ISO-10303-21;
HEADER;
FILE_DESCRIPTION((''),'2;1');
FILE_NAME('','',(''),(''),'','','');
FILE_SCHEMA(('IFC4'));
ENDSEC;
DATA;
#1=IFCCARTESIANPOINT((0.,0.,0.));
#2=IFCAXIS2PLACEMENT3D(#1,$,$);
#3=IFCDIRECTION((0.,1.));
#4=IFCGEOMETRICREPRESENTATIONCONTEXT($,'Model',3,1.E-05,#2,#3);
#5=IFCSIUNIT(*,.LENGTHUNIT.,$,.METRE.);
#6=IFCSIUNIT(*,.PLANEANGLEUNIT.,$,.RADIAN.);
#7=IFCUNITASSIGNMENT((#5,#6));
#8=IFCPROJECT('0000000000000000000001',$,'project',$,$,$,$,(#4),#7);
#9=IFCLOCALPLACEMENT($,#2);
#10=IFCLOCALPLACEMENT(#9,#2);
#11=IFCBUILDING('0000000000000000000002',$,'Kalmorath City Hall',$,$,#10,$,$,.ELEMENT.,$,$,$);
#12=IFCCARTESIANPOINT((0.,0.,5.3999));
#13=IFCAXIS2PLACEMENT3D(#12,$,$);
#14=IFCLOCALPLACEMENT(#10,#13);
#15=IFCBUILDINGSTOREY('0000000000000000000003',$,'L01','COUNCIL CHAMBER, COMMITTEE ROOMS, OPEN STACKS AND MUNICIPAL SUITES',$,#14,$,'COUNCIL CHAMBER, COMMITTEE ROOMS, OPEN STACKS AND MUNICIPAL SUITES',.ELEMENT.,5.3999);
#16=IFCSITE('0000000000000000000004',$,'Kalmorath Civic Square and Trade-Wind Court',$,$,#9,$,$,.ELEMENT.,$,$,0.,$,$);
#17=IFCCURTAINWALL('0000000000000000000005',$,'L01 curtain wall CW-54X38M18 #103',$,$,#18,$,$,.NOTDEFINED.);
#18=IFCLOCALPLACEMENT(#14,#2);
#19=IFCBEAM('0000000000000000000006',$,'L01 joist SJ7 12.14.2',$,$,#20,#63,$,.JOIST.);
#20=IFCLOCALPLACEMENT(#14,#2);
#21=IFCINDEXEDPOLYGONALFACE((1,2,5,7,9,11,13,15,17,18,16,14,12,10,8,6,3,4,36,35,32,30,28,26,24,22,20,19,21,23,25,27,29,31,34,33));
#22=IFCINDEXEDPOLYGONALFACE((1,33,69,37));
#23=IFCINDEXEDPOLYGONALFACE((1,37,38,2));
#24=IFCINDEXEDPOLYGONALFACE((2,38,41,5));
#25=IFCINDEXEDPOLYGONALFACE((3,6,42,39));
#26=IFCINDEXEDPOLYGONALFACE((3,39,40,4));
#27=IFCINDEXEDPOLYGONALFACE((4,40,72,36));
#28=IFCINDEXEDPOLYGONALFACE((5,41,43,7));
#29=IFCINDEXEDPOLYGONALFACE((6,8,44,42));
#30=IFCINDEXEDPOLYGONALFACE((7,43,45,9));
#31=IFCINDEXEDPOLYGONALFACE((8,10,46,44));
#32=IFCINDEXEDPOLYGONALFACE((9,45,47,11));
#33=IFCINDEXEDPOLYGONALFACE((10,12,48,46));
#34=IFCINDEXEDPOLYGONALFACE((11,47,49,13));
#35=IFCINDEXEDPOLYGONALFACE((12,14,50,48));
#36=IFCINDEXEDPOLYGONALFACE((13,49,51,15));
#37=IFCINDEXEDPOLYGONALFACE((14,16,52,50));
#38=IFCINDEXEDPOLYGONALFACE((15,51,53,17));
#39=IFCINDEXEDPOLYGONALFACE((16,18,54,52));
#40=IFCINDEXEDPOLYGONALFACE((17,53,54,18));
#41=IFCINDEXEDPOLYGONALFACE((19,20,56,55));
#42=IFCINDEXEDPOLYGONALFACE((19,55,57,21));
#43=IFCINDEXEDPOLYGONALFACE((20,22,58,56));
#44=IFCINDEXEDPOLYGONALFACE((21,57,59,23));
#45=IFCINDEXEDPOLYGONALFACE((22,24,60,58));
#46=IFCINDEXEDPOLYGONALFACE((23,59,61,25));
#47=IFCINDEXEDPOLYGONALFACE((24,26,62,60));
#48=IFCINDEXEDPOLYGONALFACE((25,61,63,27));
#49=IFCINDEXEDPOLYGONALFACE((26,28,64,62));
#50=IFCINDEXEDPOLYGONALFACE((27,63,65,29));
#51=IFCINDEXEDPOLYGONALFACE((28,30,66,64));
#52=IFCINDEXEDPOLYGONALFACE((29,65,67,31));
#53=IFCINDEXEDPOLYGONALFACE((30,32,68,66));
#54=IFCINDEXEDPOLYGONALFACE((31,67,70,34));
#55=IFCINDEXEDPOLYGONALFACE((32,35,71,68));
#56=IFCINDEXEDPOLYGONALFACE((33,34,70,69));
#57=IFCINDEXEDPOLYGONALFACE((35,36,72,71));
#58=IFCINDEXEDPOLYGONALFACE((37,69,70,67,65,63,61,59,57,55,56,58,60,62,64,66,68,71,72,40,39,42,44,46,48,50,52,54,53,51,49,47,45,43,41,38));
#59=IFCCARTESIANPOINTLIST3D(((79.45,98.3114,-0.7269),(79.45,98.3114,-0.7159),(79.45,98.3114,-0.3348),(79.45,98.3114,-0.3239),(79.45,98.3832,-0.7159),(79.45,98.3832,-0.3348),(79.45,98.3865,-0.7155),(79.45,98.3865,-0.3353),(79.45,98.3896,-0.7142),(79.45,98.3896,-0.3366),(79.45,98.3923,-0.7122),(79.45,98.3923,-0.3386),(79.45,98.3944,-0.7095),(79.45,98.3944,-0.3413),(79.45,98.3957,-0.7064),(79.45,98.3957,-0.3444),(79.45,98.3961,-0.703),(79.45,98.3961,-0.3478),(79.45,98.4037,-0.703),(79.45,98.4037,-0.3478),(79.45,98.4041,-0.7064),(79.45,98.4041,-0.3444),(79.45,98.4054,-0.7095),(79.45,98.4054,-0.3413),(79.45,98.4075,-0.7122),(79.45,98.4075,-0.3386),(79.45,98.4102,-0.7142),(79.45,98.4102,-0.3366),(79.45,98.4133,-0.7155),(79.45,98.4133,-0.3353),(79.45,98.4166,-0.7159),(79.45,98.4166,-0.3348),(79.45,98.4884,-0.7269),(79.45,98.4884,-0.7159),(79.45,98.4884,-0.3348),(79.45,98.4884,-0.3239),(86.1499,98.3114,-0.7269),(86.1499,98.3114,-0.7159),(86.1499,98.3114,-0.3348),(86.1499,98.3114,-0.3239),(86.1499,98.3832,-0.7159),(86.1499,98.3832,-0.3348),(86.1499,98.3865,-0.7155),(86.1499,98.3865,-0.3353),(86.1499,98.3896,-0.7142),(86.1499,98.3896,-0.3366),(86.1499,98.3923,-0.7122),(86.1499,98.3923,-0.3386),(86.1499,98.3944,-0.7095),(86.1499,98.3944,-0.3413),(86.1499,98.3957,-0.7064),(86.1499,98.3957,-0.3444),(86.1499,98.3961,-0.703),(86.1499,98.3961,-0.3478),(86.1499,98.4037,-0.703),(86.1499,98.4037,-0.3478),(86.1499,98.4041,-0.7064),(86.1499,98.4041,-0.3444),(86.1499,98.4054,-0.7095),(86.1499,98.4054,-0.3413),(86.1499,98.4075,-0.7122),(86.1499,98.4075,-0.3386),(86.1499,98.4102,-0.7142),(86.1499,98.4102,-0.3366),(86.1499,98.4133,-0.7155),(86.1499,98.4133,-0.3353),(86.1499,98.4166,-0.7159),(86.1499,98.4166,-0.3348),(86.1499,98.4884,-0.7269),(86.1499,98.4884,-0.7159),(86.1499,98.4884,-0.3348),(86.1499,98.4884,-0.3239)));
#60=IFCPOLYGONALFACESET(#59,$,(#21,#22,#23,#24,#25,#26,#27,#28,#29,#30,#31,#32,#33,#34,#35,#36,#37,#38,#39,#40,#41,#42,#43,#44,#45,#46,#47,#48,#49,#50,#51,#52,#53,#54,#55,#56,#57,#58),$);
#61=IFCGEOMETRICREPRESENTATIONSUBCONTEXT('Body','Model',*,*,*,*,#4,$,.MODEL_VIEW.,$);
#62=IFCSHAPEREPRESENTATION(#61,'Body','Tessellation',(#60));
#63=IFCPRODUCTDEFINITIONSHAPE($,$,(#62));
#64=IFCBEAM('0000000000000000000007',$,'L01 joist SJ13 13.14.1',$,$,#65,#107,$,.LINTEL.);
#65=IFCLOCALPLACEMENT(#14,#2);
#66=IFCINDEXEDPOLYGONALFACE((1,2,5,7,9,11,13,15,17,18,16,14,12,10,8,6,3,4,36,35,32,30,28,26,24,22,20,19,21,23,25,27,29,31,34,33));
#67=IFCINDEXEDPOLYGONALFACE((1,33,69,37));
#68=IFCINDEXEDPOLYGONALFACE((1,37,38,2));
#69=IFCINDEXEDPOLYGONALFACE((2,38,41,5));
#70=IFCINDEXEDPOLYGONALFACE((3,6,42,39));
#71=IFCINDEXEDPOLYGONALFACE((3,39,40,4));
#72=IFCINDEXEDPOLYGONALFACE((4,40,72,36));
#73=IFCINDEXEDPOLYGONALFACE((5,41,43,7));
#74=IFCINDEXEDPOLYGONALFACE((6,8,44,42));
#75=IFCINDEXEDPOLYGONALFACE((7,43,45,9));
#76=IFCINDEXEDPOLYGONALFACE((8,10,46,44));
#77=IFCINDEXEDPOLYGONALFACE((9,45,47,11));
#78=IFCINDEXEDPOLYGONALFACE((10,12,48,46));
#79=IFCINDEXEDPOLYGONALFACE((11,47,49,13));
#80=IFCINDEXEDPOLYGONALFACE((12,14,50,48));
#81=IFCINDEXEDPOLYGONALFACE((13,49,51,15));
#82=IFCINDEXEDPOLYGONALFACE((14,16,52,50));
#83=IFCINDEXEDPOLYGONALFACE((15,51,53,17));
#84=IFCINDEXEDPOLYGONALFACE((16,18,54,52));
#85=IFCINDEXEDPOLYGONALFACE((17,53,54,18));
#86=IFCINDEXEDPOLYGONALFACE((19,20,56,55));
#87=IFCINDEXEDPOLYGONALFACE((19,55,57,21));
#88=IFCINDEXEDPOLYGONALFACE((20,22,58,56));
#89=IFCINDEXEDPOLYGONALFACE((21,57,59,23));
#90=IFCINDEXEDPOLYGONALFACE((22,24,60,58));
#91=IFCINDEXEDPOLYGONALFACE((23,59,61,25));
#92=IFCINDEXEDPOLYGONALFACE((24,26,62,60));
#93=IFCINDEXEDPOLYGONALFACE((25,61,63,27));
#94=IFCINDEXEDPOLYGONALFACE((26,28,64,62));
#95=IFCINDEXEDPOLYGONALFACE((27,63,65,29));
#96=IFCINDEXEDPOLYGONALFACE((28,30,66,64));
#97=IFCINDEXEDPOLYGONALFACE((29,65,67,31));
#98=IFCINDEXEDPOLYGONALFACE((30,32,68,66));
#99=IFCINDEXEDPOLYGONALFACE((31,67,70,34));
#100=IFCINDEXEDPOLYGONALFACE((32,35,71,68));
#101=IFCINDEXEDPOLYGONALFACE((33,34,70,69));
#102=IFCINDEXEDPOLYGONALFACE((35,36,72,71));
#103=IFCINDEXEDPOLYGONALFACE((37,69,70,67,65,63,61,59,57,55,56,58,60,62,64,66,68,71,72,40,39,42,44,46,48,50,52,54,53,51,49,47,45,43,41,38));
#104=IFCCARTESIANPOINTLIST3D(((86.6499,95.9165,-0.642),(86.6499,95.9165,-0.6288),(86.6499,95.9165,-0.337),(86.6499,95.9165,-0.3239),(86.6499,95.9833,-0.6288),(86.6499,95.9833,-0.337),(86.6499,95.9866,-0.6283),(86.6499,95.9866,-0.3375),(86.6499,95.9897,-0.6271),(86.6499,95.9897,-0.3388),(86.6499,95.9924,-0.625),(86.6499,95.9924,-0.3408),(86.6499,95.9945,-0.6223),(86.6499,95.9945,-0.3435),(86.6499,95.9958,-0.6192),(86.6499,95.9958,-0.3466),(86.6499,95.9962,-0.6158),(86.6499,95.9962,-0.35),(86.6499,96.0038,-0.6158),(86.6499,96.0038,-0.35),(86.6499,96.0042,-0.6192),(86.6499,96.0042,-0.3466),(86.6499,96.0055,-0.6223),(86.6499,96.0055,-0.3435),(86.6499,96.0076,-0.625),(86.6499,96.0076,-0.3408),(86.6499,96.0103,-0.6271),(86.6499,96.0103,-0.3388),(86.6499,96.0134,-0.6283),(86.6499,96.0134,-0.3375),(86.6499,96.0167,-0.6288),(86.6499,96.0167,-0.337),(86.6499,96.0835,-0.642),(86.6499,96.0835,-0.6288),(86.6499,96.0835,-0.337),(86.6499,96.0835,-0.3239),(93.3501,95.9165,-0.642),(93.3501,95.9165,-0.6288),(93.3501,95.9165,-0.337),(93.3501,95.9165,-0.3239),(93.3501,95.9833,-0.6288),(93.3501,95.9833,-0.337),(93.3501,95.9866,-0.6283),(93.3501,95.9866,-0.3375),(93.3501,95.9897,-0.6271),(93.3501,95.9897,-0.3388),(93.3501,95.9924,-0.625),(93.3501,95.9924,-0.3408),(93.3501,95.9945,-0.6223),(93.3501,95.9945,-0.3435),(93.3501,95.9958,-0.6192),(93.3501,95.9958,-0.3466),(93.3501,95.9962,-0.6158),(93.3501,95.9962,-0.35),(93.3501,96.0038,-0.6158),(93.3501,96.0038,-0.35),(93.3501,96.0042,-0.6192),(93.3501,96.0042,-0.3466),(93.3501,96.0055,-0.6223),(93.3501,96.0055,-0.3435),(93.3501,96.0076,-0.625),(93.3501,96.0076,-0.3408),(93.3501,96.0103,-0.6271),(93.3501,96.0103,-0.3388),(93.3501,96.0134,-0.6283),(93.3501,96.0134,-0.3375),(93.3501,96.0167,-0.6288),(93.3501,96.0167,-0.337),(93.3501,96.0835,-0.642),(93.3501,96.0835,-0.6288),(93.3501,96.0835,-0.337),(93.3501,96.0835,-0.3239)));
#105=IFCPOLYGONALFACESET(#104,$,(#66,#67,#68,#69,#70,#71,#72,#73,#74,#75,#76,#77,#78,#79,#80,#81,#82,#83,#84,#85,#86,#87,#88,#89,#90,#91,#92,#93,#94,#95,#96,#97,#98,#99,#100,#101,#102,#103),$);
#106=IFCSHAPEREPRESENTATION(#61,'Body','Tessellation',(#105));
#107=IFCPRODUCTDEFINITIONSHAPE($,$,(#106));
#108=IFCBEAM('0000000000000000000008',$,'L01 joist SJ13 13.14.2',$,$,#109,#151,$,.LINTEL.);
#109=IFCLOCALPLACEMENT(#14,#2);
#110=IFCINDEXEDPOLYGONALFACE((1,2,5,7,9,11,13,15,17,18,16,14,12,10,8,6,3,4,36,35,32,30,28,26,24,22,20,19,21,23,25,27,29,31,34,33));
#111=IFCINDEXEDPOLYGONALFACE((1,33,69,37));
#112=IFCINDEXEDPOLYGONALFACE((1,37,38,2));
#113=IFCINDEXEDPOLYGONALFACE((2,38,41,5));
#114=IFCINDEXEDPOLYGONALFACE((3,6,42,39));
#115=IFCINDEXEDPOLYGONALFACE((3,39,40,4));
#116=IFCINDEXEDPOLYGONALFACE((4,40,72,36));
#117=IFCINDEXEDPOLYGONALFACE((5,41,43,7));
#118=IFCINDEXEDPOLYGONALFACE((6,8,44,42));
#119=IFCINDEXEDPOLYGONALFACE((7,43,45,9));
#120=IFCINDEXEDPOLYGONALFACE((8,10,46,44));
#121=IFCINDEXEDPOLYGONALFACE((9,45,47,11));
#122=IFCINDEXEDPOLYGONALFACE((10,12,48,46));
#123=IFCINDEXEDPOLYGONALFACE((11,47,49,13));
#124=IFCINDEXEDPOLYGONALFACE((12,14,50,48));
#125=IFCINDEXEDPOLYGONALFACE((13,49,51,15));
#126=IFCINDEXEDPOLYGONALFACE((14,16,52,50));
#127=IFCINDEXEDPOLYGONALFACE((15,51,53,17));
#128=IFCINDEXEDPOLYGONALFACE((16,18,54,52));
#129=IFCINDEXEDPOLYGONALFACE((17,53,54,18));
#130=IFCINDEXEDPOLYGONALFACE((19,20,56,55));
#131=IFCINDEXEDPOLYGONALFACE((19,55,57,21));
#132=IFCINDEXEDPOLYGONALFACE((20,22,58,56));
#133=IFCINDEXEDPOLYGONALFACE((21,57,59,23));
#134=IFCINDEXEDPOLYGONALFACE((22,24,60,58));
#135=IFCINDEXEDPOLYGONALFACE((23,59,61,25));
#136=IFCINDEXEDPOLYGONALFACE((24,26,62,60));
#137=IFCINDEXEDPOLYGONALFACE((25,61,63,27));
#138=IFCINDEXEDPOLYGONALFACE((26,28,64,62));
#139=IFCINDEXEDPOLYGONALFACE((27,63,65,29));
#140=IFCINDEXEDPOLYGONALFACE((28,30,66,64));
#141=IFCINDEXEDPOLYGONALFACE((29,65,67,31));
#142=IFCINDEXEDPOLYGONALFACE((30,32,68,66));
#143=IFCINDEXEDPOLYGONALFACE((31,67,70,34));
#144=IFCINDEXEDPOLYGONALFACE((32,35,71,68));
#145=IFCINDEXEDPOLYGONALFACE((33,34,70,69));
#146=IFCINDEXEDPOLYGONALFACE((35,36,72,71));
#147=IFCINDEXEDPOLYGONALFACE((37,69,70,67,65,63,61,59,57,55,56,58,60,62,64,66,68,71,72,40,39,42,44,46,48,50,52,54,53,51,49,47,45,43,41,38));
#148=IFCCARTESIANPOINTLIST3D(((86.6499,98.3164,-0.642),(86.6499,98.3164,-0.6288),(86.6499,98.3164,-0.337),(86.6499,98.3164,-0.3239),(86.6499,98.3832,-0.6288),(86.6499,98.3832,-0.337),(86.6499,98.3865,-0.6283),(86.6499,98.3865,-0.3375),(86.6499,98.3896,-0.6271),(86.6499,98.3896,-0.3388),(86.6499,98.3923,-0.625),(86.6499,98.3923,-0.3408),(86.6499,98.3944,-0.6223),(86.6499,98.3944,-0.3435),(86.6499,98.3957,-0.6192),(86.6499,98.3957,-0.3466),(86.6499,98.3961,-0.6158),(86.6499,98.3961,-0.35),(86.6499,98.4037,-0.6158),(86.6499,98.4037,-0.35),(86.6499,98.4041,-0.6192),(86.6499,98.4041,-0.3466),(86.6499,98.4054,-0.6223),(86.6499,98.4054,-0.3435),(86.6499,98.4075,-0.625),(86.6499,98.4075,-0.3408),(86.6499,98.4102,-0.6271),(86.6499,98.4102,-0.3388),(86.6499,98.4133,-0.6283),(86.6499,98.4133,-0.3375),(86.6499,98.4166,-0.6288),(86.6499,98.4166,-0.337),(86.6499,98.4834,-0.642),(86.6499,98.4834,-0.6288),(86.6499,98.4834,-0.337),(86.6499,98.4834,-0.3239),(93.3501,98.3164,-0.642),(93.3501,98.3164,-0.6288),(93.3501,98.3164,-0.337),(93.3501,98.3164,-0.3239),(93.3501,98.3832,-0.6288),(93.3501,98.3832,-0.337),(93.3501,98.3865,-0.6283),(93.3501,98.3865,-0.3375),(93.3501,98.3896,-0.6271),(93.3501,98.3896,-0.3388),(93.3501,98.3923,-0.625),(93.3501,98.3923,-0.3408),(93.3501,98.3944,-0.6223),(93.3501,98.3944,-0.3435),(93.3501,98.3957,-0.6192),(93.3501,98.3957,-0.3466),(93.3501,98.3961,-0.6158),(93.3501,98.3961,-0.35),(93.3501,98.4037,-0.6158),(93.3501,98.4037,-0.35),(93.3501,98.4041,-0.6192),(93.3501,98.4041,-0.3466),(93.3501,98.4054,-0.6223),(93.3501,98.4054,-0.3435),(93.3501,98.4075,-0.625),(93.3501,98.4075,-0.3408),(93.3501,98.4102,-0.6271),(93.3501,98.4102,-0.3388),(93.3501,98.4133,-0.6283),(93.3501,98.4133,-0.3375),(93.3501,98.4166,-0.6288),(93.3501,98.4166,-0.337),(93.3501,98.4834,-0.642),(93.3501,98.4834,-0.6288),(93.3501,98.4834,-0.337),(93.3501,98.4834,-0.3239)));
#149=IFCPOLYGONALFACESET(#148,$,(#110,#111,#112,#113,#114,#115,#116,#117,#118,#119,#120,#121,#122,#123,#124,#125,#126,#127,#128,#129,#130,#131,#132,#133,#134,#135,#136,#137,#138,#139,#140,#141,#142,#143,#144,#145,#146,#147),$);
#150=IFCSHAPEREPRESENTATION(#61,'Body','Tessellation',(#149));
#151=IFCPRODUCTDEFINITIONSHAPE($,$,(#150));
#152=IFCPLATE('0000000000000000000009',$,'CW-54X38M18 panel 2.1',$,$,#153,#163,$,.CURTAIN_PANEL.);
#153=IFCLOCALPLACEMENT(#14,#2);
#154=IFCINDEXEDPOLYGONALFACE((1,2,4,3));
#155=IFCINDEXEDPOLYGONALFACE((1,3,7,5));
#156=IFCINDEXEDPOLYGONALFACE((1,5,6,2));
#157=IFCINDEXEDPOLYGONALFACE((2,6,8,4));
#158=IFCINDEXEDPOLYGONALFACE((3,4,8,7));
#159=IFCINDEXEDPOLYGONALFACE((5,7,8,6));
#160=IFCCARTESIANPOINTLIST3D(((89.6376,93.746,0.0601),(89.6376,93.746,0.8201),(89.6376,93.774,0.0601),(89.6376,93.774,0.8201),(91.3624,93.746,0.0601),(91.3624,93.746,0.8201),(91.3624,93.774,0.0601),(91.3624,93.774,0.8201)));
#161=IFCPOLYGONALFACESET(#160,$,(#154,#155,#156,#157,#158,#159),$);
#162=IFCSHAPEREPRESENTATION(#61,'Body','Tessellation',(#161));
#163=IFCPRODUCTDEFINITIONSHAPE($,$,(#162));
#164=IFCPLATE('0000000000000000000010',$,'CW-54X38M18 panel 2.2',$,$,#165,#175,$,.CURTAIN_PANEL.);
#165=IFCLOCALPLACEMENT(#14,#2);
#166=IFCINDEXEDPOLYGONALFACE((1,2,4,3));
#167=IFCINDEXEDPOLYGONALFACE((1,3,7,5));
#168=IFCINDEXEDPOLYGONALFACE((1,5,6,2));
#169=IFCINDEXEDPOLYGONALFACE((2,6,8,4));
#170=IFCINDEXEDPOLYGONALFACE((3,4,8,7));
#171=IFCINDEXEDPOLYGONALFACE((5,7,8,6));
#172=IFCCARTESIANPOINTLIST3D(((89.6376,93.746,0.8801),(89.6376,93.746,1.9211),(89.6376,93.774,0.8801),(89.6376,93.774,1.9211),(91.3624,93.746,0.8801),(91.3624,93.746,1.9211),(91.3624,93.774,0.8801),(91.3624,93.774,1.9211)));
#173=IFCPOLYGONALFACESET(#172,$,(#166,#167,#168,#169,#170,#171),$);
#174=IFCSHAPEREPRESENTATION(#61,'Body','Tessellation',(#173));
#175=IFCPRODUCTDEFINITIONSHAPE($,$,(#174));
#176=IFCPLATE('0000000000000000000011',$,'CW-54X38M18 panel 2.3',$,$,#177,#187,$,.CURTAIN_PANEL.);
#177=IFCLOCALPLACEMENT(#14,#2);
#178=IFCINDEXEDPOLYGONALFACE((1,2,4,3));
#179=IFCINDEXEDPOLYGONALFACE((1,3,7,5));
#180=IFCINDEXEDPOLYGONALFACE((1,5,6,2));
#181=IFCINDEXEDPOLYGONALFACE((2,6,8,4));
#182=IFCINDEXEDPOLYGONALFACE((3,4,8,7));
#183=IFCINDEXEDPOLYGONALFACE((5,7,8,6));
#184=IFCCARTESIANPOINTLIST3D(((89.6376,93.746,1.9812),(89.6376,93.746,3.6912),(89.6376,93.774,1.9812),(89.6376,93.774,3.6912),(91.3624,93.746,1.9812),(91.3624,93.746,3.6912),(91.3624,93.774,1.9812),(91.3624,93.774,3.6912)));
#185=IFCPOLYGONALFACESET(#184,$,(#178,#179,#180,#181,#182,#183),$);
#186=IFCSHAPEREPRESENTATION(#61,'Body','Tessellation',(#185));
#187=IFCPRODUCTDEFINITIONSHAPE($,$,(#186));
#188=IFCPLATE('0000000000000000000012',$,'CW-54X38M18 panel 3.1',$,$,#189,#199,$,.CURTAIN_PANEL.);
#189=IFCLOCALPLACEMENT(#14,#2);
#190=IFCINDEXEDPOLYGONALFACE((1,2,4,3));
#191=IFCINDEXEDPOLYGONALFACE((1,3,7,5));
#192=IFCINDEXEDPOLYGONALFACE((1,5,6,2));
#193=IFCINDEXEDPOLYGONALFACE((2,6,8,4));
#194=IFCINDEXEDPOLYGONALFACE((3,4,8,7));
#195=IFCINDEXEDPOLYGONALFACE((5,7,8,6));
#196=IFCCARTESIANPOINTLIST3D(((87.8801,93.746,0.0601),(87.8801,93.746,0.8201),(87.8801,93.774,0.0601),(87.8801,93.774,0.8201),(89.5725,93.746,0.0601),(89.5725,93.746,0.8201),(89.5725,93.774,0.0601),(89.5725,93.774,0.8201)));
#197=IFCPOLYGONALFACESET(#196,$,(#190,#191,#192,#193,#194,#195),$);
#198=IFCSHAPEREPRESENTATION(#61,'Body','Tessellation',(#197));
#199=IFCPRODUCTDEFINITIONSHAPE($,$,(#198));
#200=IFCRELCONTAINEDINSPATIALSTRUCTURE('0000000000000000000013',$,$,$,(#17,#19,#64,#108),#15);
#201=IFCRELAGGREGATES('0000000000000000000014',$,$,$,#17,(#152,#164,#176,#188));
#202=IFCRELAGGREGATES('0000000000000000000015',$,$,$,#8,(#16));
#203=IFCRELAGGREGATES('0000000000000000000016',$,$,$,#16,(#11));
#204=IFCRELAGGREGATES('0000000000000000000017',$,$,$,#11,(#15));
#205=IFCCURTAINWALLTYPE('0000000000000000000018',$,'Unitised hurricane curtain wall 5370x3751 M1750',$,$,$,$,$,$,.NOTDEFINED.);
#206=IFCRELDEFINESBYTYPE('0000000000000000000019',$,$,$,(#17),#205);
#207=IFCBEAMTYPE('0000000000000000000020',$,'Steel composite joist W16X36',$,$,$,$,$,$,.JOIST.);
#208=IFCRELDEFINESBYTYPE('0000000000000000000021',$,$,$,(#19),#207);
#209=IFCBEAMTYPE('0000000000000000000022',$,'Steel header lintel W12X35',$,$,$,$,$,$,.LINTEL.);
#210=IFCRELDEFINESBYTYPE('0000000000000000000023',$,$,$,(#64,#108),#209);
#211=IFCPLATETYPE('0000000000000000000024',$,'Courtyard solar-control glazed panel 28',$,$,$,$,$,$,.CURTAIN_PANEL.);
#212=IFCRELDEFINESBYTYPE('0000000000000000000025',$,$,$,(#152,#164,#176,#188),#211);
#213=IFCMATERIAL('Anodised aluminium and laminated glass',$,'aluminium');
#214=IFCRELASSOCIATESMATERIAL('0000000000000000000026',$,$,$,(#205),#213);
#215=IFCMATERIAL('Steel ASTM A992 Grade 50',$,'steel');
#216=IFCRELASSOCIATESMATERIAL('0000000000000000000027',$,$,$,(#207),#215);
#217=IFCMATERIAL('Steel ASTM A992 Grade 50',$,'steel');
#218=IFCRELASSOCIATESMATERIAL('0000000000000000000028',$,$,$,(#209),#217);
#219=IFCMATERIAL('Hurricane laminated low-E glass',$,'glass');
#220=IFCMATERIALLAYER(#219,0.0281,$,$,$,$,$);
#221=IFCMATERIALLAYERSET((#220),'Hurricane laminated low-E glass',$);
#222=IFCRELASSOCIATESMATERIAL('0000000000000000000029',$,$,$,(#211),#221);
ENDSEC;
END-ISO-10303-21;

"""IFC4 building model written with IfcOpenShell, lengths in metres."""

from ifc_helpers import new_model, si_unit, direction, frame, origin, origin_2d, place, context, subcontext, project, spatial, rectangle, i_section, extrude, material, layer, layer_set, material_profile, profile_set, type_object, element, aggregate, save


model = new_model("IFC4")

# Units and contexts
model_context = context("Model", 3, precision=1e-05, world=origin(), true_north=direction((0.0, 1.0)))
body_context = subcontext(model_context, "Body", "Model", "MODEL_VIEW")
ifc_project = project(units=[si_unit("LENGTHUNIT", "METRE"), si_unit("PLANEANGLEUNIT", "RADIAN")], contexts=[model_context])

# Site, building, storey
site_placement = place(None, origin())
site = spatial("IfcSite", under=ifc_project, at=site_placement, Name="Kalmorath Civic Square and Trade-Wind Court", CompositionType="ELEMENT", RefElevation=0.0)
building_placement = place(site_placement, origin())
building = spatial("IfcBuilding", under=site, at=building_placement, Name="Kalmorath City Hall", CompositionType="ELEMENT")
storey_placement = place(building_placement, frame((0.0, 0.0, 5.3999)))
storey = spatial("IfcBuildingStorey", under=building, at=storey_placement, Name="L01", Description="COUNCIL CHAMBER, COMMITTEE ROOMS, OPEN STACKS AND MUNICIPAL SUITES", LongName="COUNCIL CHAMBER, COMMITTEE ROOMS, OPEN STACKS AND MUNICIPAL SUITES", CompositionType="ELEMENT", Elevation=5.3999)

# Curtain wall
ifc_material_1 = material(Name="Anodised aluminium and laminated glass", Category="aluminium")
curtain_wall_type = type_object("IfcCurtainWallType", Name="Unitised hurricane curtain wall 5370x3751 M1750", PredefinedType="NOTDEFINED", material=ifc_material_1)
curtain_wall_placement = place(storey_placement, origin())
curtain_wall = element("IfcCurtainWall", 1, at=curtain_wall_placement, inside=storey, type_object=curtain_wall_type, Name="L01 curtain wall CW-54X38M18 #103", PredefinedType="NOTDEFINED")

# Beams
ifc_material_2 = material(Name="Steel ASTM A992 Grade 50", Category="steel")
ifc_material_profile_1 = material_profile(ifc_material_2, i_section(OverallWidth=0.177, OverallDepth=0.4031, WebThickness=0.0076, FlangeThickness=0.011, FilletRadius=0.0129, at=origin_2d()), Name="W16X36")
ifc_profile_set_1 = profile_set([ifc_material_profile_1], Name="Steel ASTM A992 Grade 50")
beam_type_1 = type_object("IfcBeamType", Name="Steel composite joist W16X36", PredefinedType="JOIST", material=ifc_profile_set_1)
for number, where, z_axis, x_axis, name in (
    (2, (79.45, 98.3999, -0.5254), (1.0, 0.0, 0.0), (0.0, 1.0, 0.0), "L01 joist SJ7 12.14.2"),
):
    element("IfcBeam", number, at=place(storey_placement, frame(where, z_axis=z_axis, x_axis=x_axis)), inside=storey, type_object=beam_type_1, Name=name, PredefinedType="JOIST", context=body_context, shape_type="SweptSolid", body=[
        extrude(i_section(OverallWidth=0.177, OverallDepth=0.4031, WebThickness=0.0076, FlangeThickness=0.011, FilletRadius=0.0129, at=origin_2d()), origin(), (0.0, 0.0, 1.0), 6.7),
    ])
ifc_material_3 = material(Name="Steel ASTM A992 Grade 50", Category="steel")
ifc_material_profile_2 = material_profile(ifc_material_3, i_section(OverallWidth=0.167, OverallDepth=0.3181, WebThickness=0.0076, FlangeThickness=0.0132, FilletRadius=0.0129, at=origin_2d()), Name="W12X35")
ifc_profile_set_2 = profile_set([ifc_material_profile_2], Name="Steel ASTM A992 Grade 50")
beam_type_2 = type_object("IfcBeamType", Name="Steel header lintel W12X35", PredefinedType="LINTEL", material=ifc_profile_set_2)
for number, where, z_axis, x_axis, name in (
    (3, (86.6499, 96.0, -0.4829), (1.0, 0.0, 0.0), (0.0, 1.0, 0.0), "L01 joist SJ13 13.14.1"),
    (4, (86.6499, 98.3999, -0.4829), (1.0, 0.0, 0.0), (0.0, 1.0, 0.0), "L01 joist SJ13 13.14.2"),
):
    element("IfcBeam", number, at=place(storey_placement, frame(where, z_axis=z_axis, x_axis=x_axis)), inside=storey, type_object=beam_type_2, Name=name, PredefinedType="LINTEL", context=body_context, shape_type="SweptSolid", body=[
        extrude(i_section(OverallWidth=0.167, OverallDepth=0.3181, WebThickness=0.0076, FlangeThickness=0.0132, FilletRadius=0.0129, at=origin_2d()), origin(), (0.0, 0.0, 1.0), 6.7002),
    ])

# Plates
ifc_material_4 = material(Name="Hurricane laminated low-E glass", Category="glass")
ifc_layer_1 = layer(ifc_material_4, 0.0281)
ifc_layer_set_1 = layer_set([ifc_layer_1], Name="Hurricane laminated low-E glass")
plate_type = type_object("IfcPlateType", Name="Courtyard solar-control glazed panel 28", PredefinedType="CURTAIN_PANEL", material=ifc_layer_set_1)
plate_1_placement = place(storey_placement, frame((90.5, 93.76, 0.0601), z_axis=(0.0, 0.0, 1.0), x_axis=(-1.0, 0.0, 0.0)))
plate_1 = element("IfcPlate", 5, at=plate_1_placement, type_object=plate_type, Name="CW-54X38M18 panel 2.1", PredefinedType="CURTAIN_PANEL", context=body_context, shape_type="SweptSolid", body=[
    extrude(rectangle(XDim=1.7249, YDim=0.0281, at=origin_2d()), origin(), (0.0, 0.0, 1.0), 0.76),
])
plate_2_placement = place(storey_placement, frame((90.5, 93.76, 0.8801), z_axis=(0.0, 0.0, 1.0), x_axis=(-1.0, 0.0, 0.0)))
plate_2 = element("IfcPlate", 6, at=plate_2_placement, type_object=plate_type, Name="CW-54X38M18 panel 2.2", PredefinedType="CURTAIN_PANEL", context=body_context, shape_type="SweptSolid", body=[
    extrude(rectangle(XDim=1.7249, YDim=0.0281, at=origin_2d()), origin(), (0.0, 0.0, 1.0), 1.041),
])
plate_3_placement = place(storey_placement, frame((90.5, 93.76, 1.9812), z_axis=(0.0, 0.0, 1.0), x_axis=(-1.0, 0.0, 0.0)))
plate_3 = element("IfcPlate", 7, at=plate_3_placement, type_object=plate_type, Name="CW-54X38M18 panel 2.3", PredefinedType="CURTAIN_PANEL", context=body_context, shape_type="SweptSolid", body=[
    extrude(rectangle(XDim=1.7249, YDim=0.0281, at=origin_2d()), origin(), (0.0, 0.0, 1.0), 1.71),
])
plate_4_placement = place(storey_placement, frame((88.7263, 93.76, 0.0601), z_axis=(0.0, 0.0, 1.0), x_axis=(-1.0, 0.0, 0.0)))
plate_4 = element("IfcPlate", 8, at=plate_4_placement, type_object=plate_type, Name="CW-54X38M18 panel 3.1", PredefinedType="CURTAIN_PANEL", context=body_context, shape_type="SweptSolid", body=[
    extrude(rectangle(XDim=1.6924, YDim=0.0281, at=origin_2d()), origin(), (0.0, 0.0, 1.0), 0.76),
])
aggregate(curtain_wall, [plate_1, plate_2, plate_3, plate_4])

save(model, "model.ifc")
